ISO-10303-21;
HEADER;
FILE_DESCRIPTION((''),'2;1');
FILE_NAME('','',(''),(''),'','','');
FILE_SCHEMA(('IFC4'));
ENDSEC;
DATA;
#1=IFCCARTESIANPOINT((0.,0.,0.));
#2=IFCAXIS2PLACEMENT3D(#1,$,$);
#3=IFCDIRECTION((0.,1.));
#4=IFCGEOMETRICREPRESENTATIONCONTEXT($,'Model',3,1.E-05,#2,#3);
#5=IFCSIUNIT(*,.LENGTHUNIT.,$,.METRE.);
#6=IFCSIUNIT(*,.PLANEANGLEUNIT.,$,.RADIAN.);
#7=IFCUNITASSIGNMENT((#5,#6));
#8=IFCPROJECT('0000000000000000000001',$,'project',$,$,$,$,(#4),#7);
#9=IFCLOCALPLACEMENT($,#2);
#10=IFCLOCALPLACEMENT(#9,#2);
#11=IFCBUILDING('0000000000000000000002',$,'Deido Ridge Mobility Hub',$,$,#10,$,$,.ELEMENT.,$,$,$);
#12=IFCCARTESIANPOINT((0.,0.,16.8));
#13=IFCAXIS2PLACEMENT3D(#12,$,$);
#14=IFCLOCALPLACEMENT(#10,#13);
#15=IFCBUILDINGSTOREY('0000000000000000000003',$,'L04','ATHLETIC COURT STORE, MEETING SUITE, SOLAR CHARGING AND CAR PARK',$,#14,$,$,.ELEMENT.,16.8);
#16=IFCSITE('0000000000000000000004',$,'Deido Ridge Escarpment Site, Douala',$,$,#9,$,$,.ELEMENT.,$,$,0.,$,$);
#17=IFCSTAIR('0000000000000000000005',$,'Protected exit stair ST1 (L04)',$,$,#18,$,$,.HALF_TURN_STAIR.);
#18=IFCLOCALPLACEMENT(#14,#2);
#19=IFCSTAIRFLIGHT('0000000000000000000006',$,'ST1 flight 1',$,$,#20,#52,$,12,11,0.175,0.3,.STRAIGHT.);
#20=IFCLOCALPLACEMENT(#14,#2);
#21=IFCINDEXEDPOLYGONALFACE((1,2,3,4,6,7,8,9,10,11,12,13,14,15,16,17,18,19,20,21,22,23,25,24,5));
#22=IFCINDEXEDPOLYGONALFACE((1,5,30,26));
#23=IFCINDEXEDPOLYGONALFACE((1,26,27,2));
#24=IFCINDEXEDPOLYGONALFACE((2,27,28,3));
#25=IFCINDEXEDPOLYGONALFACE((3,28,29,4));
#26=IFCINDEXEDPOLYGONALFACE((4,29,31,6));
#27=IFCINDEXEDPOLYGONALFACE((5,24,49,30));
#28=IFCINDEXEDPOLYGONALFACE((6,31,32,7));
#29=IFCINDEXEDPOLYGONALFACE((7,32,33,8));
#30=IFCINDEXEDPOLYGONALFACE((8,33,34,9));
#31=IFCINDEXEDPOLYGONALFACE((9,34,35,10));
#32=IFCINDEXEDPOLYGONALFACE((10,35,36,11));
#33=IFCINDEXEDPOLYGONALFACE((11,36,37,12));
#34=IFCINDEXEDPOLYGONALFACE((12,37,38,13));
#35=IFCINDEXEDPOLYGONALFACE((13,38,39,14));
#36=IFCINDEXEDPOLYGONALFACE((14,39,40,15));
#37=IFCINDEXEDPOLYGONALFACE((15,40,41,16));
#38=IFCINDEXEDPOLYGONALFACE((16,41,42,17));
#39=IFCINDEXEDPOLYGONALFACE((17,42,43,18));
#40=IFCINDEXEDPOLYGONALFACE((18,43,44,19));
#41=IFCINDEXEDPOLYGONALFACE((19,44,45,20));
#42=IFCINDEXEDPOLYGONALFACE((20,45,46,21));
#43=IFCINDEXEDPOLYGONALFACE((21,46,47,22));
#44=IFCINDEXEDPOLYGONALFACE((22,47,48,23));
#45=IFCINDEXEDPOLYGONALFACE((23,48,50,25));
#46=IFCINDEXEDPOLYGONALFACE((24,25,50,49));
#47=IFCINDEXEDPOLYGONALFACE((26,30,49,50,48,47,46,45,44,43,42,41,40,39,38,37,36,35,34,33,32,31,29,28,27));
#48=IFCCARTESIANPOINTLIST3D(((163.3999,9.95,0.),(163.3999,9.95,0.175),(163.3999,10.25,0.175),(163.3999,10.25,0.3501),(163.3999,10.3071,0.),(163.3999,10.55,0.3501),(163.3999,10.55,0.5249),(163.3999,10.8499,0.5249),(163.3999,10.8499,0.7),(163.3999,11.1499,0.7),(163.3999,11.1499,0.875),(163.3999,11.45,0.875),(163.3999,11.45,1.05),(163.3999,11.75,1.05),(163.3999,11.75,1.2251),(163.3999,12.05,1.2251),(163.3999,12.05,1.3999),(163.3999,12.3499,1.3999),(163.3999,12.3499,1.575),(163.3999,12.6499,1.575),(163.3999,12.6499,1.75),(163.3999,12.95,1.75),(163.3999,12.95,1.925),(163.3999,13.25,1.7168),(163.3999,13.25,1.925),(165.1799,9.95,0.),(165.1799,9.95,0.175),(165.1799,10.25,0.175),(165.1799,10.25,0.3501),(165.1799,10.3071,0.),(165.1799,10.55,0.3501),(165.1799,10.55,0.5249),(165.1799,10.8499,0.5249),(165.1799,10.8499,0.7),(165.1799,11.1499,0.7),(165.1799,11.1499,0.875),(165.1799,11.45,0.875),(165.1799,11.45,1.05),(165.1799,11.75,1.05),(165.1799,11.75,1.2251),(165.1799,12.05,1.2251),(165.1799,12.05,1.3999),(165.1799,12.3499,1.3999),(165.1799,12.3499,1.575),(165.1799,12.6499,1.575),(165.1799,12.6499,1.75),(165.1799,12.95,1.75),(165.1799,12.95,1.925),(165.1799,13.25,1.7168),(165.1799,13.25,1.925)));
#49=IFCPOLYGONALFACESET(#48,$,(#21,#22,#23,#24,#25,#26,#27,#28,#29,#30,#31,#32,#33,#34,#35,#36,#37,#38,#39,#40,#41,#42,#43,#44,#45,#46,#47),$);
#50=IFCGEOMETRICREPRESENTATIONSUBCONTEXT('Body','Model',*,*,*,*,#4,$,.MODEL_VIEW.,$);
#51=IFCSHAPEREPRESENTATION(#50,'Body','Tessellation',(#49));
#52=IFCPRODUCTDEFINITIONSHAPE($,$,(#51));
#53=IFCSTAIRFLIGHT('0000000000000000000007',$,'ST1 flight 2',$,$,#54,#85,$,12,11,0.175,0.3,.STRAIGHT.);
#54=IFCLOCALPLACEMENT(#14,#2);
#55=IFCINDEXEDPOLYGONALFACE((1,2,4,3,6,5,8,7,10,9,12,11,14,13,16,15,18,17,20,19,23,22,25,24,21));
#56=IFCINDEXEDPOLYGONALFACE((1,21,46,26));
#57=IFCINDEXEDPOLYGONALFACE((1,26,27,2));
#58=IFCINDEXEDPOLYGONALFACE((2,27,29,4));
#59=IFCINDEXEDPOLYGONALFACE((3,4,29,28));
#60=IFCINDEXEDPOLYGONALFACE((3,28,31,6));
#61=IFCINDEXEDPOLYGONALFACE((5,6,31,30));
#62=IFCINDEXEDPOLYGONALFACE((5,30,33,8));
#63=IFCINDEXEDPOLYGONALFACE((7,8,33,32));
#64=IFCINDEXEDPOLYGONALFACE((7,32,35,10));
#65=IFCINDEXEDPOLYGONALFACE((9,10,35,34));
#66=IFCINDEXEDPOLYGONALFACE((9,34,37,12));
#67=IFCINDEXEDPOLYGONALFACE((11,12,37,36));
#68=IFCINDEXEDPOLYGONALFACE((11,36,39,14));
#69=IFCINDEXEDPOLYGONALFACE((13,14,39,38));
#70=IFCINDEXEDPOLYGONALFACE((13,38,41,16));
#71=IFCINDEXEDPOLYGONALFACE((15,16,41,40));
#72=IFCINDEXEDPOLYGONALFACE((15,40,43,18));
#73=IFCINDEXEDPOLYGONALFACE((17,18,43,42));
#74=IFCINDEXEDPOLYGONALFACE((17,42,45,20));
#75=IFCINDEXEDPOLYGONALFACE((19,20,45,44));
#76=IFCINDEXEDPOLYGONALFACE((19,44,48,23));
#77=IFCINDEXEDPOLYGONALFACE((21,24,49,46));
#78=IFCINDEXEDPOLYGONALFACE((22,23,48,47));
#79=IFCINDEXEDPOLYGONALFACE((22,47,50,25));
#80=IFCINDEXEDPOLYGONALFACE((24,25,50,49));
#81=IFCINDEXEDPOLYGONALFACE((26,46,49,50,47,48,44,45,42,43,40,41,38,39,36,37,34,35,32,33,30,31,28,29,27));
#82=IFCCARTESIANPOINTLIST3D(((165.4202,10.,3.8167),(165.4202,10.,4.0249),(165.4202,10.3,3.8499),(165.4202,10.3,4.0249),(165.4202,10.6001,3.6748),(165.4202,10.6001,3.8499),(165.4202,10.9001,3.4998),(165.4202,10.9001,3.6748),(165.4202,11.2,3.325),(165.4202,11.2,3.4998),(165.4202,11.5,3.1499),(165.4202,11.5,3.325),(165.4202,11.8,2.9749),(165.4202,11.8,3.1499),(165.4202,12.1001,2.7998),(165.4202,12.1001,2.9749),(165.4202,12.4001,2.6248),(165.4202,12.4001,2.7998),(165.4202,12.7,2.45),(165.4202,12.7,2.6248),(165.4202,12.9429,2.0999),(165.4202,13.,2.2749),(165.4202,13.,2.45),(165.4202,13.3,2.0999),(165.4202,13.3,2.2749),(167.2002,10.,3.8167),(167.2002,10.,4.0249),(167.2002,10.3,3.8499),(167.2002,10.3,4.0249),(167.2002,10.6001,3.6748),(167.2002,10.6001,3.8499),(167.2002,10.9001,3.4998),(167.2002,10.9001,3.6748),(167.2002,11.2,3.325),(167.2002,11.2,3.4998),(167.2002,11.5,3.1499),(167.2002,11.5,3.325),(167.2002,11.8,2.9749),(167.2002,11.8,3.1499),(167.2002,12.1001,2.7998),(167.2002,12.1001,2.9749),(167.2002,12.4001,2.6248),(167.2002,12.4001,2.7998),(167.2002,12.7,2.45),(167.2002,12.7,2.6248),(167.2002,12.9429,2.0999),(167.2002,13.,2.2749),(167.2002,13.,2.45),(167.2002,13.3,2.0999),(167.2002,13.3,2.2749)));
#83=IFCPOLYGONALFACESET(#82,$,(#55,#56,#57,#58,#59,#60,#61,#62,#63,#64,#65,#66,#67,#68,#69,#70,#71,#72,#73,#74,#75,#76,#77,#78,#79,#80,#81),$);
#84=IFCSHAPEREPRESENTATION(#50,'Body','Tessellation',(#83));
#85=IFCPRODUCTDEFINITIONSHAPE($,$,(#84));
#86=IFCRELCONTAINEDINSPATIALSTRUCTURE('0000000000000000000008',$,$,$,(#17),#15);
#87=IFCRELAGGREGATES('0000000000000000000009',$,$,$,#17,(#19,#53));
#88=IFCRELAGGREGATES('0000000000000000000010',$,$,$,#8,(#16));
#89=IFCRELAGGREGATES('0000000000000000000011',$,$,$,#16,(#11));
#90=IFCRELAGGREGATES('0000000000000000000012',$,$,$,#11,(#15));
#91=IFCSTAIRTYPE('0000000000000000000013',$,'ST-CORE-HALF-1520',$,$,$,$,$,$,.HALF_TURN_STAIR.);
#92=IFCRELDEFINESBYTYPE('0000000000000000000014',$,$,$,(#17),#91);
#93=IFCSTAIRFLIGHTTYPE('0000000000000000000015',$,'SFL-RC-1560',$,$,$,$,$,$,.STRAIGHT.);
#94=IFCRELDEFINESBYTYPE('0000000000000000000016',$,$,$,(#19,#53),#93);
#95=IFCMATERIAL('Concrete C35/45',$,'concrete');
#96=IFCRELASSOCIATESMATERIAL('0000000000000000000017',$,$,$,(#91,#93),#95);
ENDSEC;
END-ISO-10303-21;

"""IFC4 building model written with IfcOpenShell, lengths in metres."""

from ifc_helpers import new_model, si_unit, direction, frame, origin, place, context, subcontext, project, spatial, polyline, outline, extrude, material, type_object, element, aggregate, save


model = new_model("IFC4")

# Units and contexts
model_context = context("Model", 3, precision=1e-05, world=origin(), true_north=direction((0.0, 1.0)))
body_context = subcontext(model_context, "Body", "Model", "MODEL_VIEW")
ifc_project = project(units=[si_unit("LENGTHUNIT", "METRE"), si_unit("PLANEANGLEUNIT", "RADIAN")], contexts=[model_context])

# Site, building, storey
site_placement = place(None, origin())
site = spatial("IfcSite", under=ifc_project, at=site_placement, Name="Deido Ridge Escarpment Site, Douala", CompositionType="ELEMENT", RefElevation=0.0)
building_placement = place(site_placement, origin())
building = spatial("IfcBuilding", under=site, at=building_placement, Name="Deido Ridge Mobility Hub", CompositionType="ELEMENT")
storey_placement = place(building_placement, frame((0.0, 0.0, 16.8)))
storey = spatial("IfcBuildingStorey", under=building, at=storey_placement, Name="L04", Description="ATHLETIC COURT STORE, MEETING SUITE, SOLAR CHARGING AND CAR PARK", CompositionType="ELEMENT", Elevation=16.8)

# Stair, stair flights
ifc_material_1 = material(Name="Concrete C35/45", Category="concrete")
stair_type = type_object("IfcStairType", Name="ST-CORE-HALF-1520", PredefinedType="HALF_TURN_STAIR", material=ifc_material_1)
stair_placement = place(storey_placement, origin())
stair = element("IfcStair", 1, at=stair_placement, inside=storey, type_object=stair_type, Name="Protected exit stair ST1 (L04)", PredefinedType="HALF_TURN_STAIR")
stair_flight_type = type_object("IfcStairFlightType", Name="SFL-RC-1560", PredefinedType="STRAIGHT", material=ifc_material_1)
stair_flight_1_placement = place(storey_placement, frame((164.29, 9.95, 0.0), z_axis=(0.0, 0.0, 1.0), x_axis=(0.0, 1.0, 0.0)))
stair_flight_1 = element("IfcStairFlight", 2, at=stair_flight_1_placement, type_object=stair_flight_type, Name="ST1 flight 1", NumberOfRisers=12, NumberOfTreads=11, PredefinedType="STRAIGHT", RiserHeight=0.175, TreadLength=0.3, context=body_context, shape_type="SweptSolid", body=[
    extrude(outline(polyline([(0.0, 0.0), (0.0, 0.175), (0.3, 0.175), (0.3, 0.3501), (0.6001, 0.3501), (0.6001, 0.5249), (0.8999, 0.5249), (0.8999, 0.7), (1.2, 0.7), (1.2, 0.875), (1.5, 0.875), (1.5, 1.05), (1.8, 1.05), (1.8, 1.2251), (2.1001, 1.2251), (2.1001, 1.3999), (2.3999, 1.3999), (2.3999, 1.575), (2.7, 1.575), (2.7, 1.75), (3.0, 1.75), (3.0, 1.925), (3.3, 1.925), (3.3, 2.1001), (3.3, 1.7168), (0.3572, 0.0), (0.0, 0.0)])), frame((0.0, 0.8901, 0.0), z_axis=(0.0, -1.0, 0.0), x_axis=(1.0, 0.0, 0.0)), (0.0, 0.0, 1.0), 1.78),
])
stair_flight_2_placement = place(storey_placement, frame((166.3101, 13.3, 2.0999), z_axis=(0.0, 0.0, 1.0), x_axis=(0.0, -1.0, 0.0)))
stair_flight_2 = element("IfcStairFlight", 3, at=stair_flight_2_placement, type_object=stair_flight_type, Name="ST1 flight 2", NumberOfRisers=12, NumberOfTreads=11, PredefinedType="STRAIGHT", RiserHeight=0.175, TreadLength=0.3, context=body_context, shape_type="SweptSolid", body=[
    extrude(outline(polyline([(0.0, 0.0), (0.0, 0.175), (0.3, 0.175), (0.3, 0.3501), (0.6001, 0.3501), (0.6001, 0.5249), (0.8999, 0.5249), (0.8999, 0.7), (1.2, 0.7), (1.2, 0.875), (1.5, 0.875), (1.5, 1.05), (1.8, 1.05), (1.8, 1.2251), (2.1001, 1.2251), (2.1001, 1.3999), (2.3999, 1.3999), (2.3999, 1.575), (2.7, 1.575), (2.7, 1.75), (3.0, 1.75), (3.0, 1.925), (3.3, 1.925), (3.3, 2.1001), (3.3, 1.7168), (0.3572, 0.0), (0.0, 0.0)])), frame((0.0, 0.8901, 0.0), z_axis=(0.0, -1.0, 0.0), x_axis=(1.0, 0.0, 0.0)), (0.0, 0.0, 1.0), 1.78),
])
aggregate(stair, [stair_flight_1, stair_flight_2])

save(model, "model.ifc")
